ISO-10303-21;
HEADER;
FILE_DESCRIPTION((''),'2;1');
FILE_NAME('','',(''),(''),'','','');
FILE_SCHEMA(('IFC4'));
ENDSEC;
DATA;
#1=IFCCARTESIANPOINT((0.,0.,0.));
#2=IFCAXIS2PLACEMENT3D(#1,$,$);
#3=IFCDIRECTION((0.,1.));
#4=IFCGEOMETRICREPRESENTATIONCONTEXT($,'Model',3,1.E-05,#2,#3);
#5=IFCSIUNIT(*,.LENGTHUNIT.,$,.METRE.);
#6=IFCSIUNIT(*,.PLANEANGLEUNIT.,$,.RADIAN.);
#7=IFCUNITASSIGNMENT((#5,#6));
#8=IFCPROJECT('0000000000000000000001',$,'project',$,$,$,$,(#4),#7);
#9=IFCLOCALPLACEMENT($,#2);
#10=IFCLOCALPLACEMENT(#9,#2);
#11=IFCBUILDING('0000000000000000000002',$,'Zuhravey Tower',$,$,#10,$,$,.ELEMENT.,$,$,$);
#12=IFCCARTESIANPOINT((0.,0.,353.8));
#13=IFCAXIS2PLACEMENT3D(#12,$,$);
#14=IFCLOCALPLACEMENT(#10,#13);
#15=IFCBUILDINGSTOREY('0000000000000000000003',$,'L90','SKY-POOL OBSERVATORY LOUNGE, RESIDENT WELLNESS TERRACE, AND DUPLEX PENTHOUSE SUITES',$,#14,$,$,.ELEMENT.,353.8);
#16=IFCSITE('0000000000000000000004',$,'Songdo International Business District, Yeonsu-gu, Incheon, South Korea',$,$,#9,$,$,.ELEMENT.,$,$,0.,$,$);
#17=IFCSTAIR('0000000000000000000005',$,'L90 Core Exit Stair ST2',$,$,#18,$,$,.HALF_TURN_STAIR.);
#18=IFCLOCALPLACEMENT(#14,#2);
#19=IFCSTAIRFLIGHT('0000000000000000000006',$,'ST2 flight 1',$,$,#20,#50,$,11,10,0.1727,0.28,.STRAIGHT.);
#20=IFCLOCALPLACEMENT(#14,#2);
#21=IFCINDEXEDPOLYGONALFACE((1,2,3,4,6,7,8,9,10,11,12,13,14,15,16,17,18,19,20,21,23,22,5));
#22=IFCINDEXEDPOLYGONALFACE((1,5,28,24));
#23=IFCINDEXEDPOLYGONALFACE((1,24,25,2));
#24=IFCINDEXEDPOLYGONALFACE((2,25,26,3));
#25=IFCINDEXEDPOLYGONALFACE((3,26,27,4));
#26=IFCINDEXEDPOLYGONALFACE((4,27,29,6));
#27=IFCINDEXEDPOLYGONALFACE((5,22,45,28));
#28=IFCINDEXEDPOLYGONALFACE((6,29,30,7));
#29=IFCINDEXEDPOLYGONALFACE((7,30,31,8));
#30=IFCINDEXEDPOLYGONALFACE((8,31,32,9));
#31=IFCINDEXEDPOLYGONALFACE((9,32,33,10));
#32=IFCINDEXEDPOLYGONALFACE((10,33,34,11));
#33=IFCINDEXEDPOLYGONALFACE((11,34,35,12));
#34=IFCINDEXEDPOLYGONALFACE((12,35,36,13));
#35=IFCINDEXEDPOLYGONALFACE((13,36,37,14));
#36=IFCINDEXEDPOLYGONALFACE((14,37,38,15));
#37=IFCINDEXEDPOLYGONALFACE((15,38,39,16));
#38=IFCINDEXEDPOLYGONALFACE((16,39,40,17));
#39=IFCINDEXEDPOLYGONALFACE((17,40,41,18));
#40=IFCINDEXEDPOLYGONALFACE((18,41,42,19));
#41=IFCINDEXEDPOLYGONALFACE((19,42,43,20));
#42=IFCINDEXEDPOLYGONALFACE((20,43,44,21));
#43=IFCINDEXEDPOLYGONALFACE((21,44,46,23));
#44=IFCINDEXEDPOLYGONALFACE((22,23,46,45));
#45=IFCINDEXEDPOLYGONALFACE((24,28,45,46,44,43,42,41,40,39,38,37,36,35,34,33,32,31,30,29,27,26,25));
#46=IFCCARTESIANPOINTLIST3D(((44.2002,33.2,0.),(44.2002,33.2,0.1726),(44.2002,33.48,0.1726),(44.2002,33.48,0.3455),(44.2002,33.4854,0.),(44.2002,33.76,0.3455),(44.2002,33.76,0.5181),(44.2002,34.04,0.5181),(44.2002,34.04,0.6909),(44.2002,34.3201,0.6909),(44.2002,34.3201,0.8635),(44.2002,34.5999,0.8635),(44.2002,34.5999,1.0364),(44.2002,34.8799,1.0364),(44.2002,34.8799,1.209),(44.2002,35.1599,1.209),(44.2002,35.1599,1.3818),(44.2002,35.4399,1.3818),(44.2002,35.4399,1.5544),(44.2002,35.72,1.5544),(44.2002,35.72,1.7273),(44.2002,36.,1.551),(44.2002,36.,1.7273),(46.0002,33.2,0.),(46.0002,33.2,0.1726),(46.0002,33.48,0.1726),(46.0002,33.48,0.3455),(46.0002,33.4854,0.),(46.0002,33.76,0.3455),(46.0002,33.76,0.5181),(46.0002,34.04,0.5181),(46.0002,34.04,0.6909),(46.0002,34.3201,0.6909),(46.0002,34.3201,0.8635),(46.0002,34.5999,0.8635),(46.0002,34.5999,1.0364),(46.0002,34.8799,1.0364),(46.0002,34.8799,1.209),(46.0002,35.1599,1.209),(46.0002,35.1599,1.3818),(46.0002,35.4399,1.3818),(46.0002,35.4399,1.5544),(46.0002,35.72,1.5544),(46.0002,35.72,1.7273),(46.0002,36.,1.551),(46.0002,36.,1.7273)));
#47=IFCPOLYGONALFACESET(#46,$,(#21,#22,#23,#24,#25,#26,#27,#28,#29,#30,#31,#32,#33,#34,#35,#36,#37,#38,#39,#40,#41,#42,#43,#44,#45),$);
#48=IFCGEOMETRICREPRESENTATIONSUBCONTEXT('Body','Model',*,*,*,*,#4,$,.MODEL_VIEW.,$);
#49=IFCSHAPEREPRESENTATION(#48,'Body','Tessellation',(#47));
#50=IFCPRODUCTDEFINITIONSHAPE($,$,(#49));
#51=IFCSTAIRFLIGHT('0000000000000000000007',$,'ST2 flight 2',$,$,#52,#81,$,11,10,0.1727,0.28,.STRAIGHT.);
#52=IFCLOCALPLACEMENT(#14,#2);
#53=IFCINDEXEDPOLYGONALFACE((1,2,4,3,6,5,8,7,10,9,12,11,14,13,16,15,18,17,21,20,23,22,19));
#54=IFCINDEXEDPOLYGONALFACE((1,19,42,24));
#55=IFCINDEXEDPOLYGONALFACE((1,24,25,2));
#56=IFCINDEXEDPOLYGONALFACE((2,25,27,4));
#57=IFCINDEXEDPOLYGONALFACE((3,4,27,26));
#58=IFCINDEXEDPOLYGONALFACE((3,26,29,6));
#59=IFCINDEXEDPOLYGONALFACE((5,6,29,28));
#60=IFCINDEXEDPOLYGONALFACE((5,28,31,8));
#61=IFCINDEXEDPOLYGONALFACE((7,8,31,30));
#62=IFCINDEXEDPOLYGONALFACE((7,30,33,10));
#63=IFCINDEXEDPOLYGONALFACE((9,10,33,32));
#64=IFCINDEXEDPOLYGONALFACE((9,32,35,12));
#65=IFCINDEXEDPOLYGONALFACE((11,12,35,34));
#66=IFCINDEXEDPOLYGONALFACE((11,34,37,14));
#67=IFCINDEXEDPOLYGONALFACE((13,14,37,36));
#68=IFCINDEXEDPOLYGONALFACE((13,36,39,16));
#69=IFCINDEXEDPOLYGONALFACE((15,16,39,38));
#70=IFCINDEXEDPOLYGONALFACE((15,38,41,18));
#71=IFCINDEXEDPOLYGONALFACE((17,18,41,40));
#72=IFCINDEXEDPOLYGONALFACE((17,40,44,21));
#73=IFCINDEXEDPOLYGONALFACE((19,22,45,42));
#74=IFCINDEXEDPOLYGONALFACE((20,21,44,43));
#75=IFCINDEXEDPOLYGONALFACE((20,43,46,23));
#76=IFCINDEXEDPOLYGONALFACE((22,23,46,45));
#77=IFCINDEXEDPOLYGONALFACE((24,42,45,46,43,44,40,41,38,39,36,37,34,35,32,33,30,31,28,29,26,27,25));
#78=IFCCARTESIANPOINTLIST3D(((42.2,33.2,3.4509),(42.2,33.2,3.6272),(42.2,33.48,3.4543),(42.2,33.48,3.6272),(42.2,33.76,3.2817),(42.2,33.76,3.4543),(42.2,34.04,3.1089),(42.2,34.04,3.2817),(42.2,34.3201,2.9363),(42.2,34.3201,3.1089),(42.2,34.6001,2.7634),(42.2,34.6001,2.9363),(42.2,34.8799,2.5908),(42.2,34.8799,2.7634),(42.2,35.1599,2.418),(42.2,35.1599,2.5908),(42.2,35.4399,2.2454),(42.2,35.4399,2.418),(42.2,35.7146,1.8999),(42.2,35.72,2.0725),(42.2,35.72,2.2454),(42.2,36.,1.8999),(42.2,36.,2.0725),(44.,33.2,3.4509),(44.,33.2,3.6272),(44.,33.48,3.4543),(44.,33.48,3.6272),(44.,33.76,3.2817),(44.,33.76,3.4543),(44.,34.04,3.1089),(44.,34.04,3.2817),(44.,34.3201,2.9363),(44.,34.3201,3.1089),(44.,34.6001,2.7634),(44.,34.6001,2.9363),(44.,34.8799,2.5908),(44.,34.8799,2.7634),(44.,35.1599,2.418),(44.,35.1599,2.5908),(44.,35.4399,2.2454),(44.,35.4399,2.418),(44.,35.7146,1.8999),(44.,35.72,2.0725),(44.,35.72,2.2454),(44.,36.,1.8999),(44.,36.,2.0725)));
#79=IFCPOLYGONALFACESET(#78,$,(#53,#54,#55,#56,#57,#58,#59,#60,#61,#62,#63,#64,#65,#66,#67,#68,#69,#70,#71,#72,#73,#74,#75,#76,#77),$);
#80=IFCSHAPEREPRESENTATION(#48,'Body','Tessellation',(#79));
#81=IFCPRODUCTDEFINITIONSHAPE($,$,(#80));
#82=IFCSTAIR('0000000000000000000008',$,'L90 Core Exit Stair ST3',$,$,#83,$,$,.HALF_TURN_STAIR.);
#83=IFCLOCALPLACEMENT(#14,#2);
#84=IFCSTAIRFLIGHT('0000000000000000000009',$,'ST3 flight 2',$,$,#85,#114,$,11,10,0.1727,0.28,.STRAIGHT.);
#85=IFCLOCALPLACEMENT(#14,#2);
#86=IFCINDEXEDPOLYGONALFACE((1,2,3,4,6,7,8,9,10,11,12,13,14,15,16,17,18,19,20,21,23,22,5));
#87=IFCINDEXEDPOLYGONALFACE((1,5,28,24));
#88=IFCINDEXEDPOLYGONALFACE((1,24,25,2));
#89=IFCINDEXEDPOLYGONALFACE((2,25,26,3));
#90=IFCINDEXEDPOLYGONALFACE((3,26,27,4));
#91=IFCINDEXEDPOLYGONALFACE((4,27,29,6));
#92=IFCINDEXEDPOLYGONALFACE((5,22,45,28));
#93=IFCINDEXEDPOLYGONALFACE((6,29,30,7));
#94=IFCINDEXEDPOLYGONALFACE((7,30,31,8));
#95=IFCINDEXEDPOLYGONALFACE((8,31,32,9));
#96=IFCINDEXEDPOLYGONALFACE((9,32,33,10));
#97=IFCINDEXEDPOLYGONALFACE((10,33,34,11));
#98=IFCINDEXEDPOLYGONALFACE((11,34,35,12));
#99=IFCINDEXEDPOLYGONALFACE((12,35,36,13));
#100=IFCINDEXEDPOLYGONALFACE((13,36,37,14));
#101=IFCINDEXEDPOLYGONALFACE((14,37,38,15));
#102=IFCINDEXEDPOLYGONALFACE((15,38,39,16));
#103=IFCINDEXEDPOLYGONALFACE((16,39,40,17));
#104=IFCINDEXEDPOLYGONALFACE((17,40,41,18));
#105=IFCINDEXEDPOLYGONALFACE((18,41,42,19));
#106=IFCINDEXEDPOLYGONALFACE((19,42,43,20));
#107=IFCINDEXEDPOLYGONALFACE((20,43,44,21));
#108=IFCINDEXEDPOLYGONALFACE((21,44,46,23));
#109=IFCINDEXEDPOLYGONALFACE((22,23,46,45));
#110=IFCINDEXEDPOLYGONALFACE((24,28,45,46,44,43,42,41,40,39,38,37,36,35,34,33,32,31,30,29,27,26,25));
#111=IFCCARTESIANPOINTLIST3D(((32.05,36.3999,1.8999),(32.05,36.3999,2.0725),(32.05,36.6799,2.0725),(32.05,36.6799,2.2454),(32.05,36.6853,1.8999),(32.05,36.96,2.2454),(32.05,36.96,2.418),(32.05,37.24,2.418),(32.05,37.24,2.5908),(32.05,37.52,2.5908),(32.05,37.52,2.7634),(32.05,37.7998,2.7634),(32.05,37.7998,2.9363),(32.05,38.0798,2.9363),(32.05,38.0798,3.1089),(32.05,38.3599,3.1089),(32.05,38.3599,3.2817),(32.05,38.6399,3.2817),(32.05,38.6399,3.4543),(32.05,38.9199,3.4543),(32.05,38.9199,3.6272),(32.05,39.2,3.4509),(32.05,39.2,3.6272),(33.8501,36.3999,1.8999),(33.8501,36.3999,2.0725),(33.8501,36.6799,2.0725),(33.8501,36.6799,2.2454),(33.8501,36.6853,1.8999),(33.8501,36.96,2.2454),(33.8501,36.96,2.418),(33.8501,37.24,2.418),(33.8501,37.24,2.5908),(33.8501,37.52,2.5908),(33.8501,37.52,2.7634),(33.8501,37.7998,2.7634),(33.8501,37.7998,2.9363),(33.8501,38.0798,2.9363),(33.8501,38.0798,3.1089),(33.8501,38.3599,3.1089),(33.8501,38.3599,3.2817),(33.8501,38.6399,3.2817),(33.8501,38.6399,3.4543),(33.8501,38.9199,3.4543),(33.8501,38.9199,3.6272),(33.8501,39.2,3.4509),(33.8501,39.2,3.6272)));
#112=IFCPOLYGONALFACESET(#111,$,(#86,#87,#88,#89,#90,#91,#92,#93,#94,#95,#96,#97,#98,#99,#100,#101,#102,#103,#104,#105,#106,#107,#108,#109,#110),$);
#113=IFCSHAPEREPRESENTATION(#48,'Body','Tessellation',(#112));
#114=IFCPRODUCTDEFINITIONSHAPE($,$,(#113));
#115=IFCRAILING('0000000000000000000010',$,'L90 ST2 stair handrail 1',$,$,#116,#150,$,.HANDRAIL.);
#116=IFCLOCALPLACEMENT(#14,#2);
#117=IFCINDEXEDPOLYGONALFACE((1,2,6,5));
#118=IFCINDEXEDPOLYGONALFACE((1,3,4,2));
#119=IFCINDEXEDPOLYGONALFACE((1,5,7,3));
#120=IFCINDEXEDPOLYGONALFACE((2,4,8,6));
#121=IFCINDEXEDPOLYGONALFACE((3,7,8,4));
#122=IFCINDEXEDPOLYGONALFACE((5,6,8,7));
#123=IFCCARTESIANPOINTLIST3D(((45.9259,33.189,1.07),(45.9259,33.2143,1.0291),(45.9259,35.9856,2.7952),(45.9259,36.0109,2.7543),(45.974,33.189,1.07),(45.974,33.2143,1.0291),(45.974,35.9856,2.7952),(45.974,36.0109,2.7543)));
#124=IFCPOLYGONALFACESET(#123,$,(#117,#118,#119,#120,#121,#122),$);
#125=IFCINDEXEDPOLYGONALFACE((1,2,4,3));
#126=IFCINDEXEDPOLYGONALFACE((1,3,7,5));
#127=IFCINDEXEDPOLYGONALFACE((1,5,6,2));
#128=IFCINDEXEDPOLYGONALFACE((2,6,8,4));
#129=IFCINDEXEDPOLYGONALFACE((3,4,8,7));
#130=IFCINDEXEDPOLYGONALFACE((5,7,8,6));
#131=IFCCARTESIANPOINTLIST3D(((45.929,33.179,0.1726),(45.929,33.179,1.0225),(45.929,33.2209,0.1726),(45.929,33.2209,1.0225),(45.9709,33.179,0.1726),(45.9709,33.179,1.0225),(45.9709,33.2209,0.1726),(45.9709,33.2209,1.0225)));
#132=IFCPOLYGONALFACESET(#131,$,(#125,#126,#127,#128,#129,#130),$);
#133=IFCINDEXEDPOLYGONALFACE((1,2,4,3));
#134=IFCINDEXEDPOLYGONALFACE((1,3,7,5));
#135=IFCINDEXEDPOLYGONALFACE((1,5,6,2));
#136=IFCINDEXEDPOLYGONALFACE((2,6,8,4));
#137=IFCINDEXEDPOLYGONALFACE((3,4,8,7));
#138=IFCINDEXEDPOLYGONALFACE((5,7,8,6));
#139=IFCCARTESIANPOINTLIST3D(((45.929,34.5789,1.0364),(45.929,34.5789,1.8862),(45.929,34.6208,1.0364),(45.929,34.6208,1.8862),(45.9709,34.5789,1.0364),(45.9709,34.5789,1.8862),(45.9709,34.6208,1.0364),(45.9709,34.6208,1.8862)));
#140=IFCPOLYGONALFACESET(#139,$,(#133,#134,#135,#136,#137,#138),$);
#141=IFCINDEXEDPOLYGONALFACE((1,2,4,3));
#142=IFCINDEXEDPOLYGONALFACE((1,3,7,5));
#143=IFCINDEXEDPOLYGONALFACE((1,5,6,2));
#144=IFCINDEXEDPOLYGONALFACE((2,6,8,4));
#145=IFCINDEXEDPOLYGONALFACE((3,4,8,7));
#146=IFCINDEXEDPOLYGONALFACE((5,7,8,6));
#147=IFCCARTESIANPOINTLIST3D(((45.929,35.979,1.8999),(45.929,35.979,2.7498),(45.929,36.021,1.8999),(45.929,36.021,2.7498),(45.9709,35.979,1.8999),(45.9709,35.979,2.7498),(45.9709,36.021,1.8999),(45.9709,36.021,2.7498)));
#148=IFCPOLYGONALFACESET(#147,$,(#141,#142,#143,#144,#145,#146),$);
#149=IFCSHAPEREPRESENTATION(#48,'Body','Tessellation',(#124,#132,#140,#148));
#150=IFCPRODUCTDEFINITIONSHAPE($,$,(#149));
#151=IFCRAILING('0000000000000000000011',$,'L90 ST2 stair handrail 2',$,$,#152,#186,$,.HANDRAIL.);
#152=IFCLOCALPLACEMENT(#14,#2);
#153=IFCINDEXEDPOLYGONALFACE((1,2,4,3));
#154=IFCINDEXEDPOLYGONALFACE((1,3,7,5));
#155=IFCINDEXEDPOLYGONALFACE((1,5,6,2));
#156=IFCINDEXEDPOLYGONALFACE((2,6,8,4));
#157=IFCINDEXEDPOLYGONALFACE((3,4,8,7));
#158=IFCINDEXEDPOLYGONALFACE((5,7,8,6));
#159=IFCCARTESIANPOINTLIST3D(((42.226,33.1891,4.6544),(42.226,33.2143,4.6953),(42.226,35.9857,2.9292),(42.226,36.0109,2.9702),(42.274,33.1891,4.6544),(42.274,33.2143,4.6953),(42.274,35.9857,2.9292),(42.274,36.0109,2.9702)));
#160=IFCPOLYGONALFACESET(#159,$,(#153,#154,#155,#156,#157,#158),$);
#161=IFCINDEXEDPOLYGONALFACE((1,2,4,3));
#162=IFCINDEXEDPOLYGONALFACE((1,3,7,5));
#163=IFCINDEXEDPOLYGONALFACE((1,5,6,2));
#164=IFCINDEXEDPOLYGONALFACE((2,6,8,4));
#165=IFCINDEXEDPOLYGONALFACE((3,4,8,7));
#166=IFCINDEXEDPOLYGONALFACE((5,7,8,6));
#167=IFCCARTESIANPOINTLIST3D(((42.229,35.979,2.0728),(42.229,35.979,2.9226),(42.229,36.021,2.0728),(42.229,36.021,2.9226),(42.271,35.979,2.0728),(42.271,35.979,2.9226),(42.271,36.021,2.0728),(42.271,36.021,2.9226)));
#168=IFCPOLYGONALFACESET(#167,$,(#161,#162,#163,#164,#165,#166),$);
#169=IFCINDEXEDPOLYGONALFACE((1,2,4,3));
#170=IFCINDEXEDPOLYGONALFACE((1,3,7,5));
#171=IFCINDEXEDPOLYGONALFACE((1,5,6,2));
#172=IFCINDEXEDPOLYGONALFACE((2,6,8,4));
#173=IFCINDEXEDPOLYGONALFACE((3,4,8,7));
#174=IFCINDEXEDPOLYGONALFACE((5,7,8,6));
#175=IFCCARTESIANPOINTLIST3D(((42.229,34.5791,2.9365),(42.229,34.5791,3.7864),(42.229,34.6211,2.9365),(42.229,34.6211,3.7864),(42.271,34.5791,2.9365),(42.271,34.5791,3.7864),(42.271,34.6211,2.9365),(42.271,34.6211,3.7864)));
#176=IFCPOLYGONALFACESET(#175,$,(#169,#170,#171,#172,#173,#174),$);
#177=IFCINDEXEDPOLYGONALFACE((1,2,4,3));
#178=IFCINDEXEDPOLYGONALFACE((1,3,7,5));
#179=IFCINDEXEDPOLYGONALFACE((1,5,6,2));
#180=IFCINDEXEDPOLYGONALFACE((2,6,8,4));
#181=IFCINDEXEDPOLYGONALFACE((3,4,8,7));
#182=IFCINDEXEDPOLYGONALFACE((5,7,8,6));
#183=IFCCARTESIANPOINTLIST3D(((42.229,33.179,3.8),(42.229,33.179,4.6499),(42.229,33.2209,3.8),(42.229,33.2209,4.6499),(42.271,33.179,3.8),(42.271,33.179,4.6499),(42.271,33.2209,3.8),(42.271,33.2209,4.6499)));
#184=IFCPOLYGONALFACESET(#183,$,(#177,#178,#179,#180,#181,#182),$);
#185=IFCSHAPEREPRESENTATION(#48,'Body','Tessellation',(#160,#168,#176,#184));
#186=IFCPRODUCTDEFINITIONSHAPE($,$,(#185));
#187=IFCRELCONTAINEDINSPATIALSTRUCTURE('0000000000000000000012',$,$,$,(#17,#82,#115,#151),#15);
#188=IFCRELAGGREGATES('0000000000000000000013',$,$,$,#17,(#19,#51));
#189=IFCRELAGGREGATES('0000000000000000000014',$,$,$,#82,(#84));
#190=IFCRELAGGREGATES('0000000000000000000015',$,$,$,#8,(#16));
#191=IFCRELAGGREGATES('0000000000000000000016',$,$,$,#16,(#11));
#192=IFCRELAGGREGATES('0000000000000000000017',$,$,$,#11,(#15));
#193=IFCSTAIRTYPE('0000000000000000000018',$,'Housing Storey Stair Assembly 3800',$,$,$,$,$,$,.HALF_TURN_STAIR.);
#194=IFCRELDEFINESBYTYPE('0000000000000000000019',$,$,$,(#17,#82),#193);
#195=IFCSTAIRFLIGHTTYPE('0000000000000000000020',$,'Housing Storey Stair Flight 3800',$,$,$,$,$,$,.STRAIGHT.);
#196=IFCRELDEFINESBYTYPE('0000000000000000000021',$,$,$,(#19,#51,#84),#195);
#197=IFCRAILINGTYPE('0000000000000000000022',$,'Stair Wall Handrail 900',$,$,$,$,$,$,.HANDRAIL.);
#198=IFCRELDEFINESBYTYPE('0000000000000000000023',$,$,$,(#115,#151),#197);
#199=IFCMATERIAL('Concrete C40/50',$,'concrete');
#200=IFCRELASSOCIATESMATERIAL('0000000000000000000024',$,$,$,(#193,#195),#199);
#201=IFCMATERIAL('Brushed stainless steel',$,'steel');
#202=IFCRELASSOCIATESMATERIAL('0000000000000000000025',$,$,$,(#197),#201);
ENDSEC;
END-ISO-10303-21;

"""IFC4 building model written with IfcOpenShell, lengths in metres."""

from ifc_helpers import new_model, si_unit, direction, frame, origin, origin_2d, place, context, subcontext, project, spatial, polyline, rectangle, outline, extrude, material, type_object, element, aggregate, save


model = new_model("IFC4")

# Units and contexts
model_context = context("Model", 3, precision=1e-05, world=origin(), true_north=direction((0.0, 1.0)))
body_context = subcontext(model_context, "Body", "Model", "MODEL_VIEW")
ifc_project = project(units=[si_unit("LENGTHUNIT", "METRE"), si_unit("PLANEANGLEUNIT", "RADIAN")], contexts=[model_context])

# Site, building, storey
site_placement = place(None, origin())
site = spatial("IfcSite", under=ifc_project, at=site_placement, Name="Songdo International Business District, Yeonsu-gu, Incheon, South Korea", CompositionType="ELEMENT", RefElevation=0.0)
building_placement = place(site_placement, origin())
building = spatial("IfcBuilding", under=site, at=building_placement, Name="Zuhravey Tower", CompositionType="ELEMENT")
storey_placement = place(building_placement, frame((0.0, 0.0, 353.8)))
storey = spatial("IfcBuildingStorey", under=building, at=storey_placement, Name="L90", Description="SKY-POOL OBSERVATORY LOUNGE, RESIDENT WELLNESS TERRACE, AND DUPLEX PENTHOUSE SUITES", CompositionType="ELEMENT", Elevation=353.8)

# Stair, stair flights
ifc_material_1 = material(Name="Concrete C40/50", Category="concrete")
stair_type = type_object("IfcStairType", Name="Housing Storey Stair Assembly 3800", PredefinedType="HALF_TURN_STAIR", material=ifc_material_1)
stair_1_placement = place(storey_placement, origin())
stair_1 = element("IfcStair", 1, at=stair_1_placement, inside=storey, type_object=stair_type, Name="L90 Core Exit Stair ST2", PredefinedType="HALF_TURN_STAIR")
stair_flight_type = type_object("IfcStairFlightType", Name="Housing Storey Stair Flight 3800", PredefinedType="STRAIGHT", material=ifc_material_1)
stair_flight_1_placement = place(storey_placement, frame((45.1001, 33.2, 0.0), z_axis=(0.0, 0.0, 1.0), x_axis=(0.0, 1.0, 0.0)))
stair_flight_1 = element("IfcStairFlight", 2, at=stair_flight_1_placement, type_object=stair_flight_type, Name="ST2 flight 1", NumberOfRisers=11, NumberOfTreads=10, PredefinedType="STRAIGHT", RiserHeight=0.1727, TreadLength=0.28, context=body_context, shape_type="SweptSolid", body=[
    extrude(outline(polyline([(0.0, 0.0), (0.0, 0.1726), (0.28, 0.1726), (0.28, 0.3455), (0.5601, 0.3455), (0.5601, 0.5181), (0.8401, 0.5181), (0.8401, 0.6909), (1.1201, 0.6909), (1.1201, 0.8635), (1.3999, 0.8635), (1.3999, 1.0364), (1.6799, 1.0364), (1.6799, 1.209), (1.96, 1.209), (1.96, 1.3818), (2.24, 1.3818), (2.24, 1.5544), (2.52, 1.5544), (2.52, 1.7273), (2.8, 1.7273), (2.8, 1.8999), (2.8, 1.551), (0.2854, 0.0), (0.0, 0.0)])), frame((0.0, 0.8999, 0.0), z_axis=(0.0, -1.0, 0.0), x_axis=(1.0, 0.0, 0.0)), (0.0, 0.0, 1.0), 1.8),
])
stair_flight_2_placement = place(storey_placement, frame((43.1001, 36.0, 1.8999), z_axis=(0.0, 0.0, 1.0), x_axis=(0.0, -1.0, 0.0)))
stair_flight_2 = element("IfcStairFlight", 3, at=stair_flight_2_placement, type_object=stair_flight_type, Name="ST2 flight 2", NumberOfRisers=11, NumberOfTreads=10, PredefinedType="STRAIGHT", RiserHeight=0.1727, TreadLength=0.28, context=body_context, shape_type="SweptSolid", body=[
    extrude(outline(polyline([(0.0, 0.0), (0.0, 0.1726), (0.28, 0.1726), (0.28, 0.3455), (0.5601, 0.3455), (0.5601, 0.5181), (0.8401, 0.5181), (0.8401, 0.6909), (1.1201, 0.6909), (1.1201, 0.8635), (1.3999, 0.8635), (1.3999, 1.0364), (1.6799, 1.0364), (1.6799, 1.209), (1.96, 1.209), (1.96, 1.3818), (2.24, 1.3818), (2.24, 1.5544), (2.52, 1.5544), (2.52, 1.7273), (2.8, 1.7273), (2.8, 1.8999), (2.8, 1.551), (0.2854, 0.0), (0.0, 0.0)])), frame((0.0, 0.8999, 0.0), z_axis=(0.0, -1.0, 0.0), x_axis=(1.0, 0.0, 0.0)), (0.0, 0.0, 1.0), 1.8),
])
aggregate(stair_1, [stair_flight_1, stair_flight_2])

# Stair, stair flight
stair_2_placement = place(storey_placement, origin())
stair_2 = element("IfcStair", 4, at=stair_2_placement, inside=storey, type_object=stair_type, Name="L90 Core Exit Stair ST3", PredefinedType="HALF_TURN_STAIR")
stair_flight_3_placement = place(storey_placement, frame((32.95, 36.3999, 1.8999), z_axis=(0.0, 0.0, 1.0), x_axis=(0.0, 1.0, 0.0)))
stair_flight_3 = element("IfcStairFlight", 5, at=stair_flight_3_placement, type_object=stair_flight_type, Name="ST3 flight 2", NumberOfRisers=11, NumberOfTreads=10, PredefinedType="STRAIGHT", RiserHeight=0.1727, TreadLength=0.28, context=body_context, shape_type="SweptSolid", body=[
    extrude(outline(polyline([(0.0, 0.0), (0.0, 0.1726), (0.28, 0.1726), (0.28, 0.3455), (0.5601, 0.3455), (0.5601, 0.5181), (0.8401, 0.5181), (0.8401, 0.6909), (1.1201, 0.6909), (1.1201, 0.8635), (1.3999, 0.8635), (1.3999, 1.0364), (1.6799, 1.0364), (1.6799, 1.209), (1.96, 1.209), (1.96, 1.3818), (2.24, 1.3818), (2.24, 1.5544), (2.52, 1.5544), (2.52, 1.7273), (2.8, 1.7273), (2.8, 1.8999), (2.8, 1.551), (0.2854, 0.0), (0.0, 0.0)])), frame((0.0, 0.8999, 0.0), z_axis=(0.0, -1.0, 0.0), x_axis=(1.0, 0.0, 0.0)), (0.0, 0.0, 1.0), 1.8),
])
aggregate(stair_2, [stair_flight_3])

# Railings
ifc_material_2 = material(Name="Brushed stainless steel", Category="steel")
railing_type_1 = type_object("IfcRailingType", Name="Stair Wall Handrail 900", PredefinedType="HANDRAIL", material=ifc_material_2)
railing_1_placement = place(storey_placement, frame((45.95, 33.2, 0.1726)))
element("IfcRailing", 6, at=railing_1_placement, inside=storey, type_object=railing_type_1, Name="L90 ST2 stair handrail 1", PredefinedType="HANDRAIL", context=body_context, shape_type="SweptSolid", body=[
    extrude(rectangle(XDim=0.0481, YDim=0.0481, at=origin_2d()), frame((0.0, 0.0017, 0.877), z_axis=(0.0, 0.85109, 0.52502), x_axis=(-1.0, 0.0, 0.0)), (0.0, 0.0, 1.0), 3.2859),
    extrude(rectangle(XDim=0.042, YDim=0.042, at=origin_2d()), origin(), (0.0, 0.0, 1.0), 0.8499),
    extrude(rectangle(XDim=0.042, YDim=0.042, at=origin_2d()), frame((0.0, 1.3999, 0.8638)), (0.0, 0.0, 1.0), 0.8499),
    extrude(rectangle(XDim=0.042, YDim=0.042, at=origin_2d()), frame((0.0, 2.8, 1.7273)), (0.0, 0.0, 1.0), 0.8499),
])
railing_2_placement = place(storey_placement, frame((42.25, 36.0, 2.0728)))
element("IfcRailing", 7, at=railing_2_placement, inside=storey, type_object=railing_type_1, Name="L90 ST2 stair handrail 2", PredefinedType="HANDRAIL", context=body_context, shape_type="SweptSolid", body=[
    extrude(rectangle(XDim=0.0481, YDim=0.0481, at=origin_2d()), frame((0.0, -0.0017, 0.877), z_axis=(0.0, -0.85109, 0.52502), x_axis=(1.0, 0.0, 0.0)), (0.0, 0.0, 1.0), 3.2859),
    extrude(rectangle(XDim=0.042, YDim=0.042, at=origin_2d()), origin(), (0.0, 0.0, 1.0), 0.8499),
    extrude(rectangle(XDim=0.042, YDim=0.042, at=origin_2d()), frame((0.0, -1.3999, 0.8638)), (0.0, 0.0, 1.0), 0.8499),
    extrude(rectangle(XDim=0.042, YDim=0.042, at=origin_2d()), frame((0.0, -2.8, 1.7273)), (0.0, 0.0, 1.0), 0.8499),
])

save(model, "model.ifc")
